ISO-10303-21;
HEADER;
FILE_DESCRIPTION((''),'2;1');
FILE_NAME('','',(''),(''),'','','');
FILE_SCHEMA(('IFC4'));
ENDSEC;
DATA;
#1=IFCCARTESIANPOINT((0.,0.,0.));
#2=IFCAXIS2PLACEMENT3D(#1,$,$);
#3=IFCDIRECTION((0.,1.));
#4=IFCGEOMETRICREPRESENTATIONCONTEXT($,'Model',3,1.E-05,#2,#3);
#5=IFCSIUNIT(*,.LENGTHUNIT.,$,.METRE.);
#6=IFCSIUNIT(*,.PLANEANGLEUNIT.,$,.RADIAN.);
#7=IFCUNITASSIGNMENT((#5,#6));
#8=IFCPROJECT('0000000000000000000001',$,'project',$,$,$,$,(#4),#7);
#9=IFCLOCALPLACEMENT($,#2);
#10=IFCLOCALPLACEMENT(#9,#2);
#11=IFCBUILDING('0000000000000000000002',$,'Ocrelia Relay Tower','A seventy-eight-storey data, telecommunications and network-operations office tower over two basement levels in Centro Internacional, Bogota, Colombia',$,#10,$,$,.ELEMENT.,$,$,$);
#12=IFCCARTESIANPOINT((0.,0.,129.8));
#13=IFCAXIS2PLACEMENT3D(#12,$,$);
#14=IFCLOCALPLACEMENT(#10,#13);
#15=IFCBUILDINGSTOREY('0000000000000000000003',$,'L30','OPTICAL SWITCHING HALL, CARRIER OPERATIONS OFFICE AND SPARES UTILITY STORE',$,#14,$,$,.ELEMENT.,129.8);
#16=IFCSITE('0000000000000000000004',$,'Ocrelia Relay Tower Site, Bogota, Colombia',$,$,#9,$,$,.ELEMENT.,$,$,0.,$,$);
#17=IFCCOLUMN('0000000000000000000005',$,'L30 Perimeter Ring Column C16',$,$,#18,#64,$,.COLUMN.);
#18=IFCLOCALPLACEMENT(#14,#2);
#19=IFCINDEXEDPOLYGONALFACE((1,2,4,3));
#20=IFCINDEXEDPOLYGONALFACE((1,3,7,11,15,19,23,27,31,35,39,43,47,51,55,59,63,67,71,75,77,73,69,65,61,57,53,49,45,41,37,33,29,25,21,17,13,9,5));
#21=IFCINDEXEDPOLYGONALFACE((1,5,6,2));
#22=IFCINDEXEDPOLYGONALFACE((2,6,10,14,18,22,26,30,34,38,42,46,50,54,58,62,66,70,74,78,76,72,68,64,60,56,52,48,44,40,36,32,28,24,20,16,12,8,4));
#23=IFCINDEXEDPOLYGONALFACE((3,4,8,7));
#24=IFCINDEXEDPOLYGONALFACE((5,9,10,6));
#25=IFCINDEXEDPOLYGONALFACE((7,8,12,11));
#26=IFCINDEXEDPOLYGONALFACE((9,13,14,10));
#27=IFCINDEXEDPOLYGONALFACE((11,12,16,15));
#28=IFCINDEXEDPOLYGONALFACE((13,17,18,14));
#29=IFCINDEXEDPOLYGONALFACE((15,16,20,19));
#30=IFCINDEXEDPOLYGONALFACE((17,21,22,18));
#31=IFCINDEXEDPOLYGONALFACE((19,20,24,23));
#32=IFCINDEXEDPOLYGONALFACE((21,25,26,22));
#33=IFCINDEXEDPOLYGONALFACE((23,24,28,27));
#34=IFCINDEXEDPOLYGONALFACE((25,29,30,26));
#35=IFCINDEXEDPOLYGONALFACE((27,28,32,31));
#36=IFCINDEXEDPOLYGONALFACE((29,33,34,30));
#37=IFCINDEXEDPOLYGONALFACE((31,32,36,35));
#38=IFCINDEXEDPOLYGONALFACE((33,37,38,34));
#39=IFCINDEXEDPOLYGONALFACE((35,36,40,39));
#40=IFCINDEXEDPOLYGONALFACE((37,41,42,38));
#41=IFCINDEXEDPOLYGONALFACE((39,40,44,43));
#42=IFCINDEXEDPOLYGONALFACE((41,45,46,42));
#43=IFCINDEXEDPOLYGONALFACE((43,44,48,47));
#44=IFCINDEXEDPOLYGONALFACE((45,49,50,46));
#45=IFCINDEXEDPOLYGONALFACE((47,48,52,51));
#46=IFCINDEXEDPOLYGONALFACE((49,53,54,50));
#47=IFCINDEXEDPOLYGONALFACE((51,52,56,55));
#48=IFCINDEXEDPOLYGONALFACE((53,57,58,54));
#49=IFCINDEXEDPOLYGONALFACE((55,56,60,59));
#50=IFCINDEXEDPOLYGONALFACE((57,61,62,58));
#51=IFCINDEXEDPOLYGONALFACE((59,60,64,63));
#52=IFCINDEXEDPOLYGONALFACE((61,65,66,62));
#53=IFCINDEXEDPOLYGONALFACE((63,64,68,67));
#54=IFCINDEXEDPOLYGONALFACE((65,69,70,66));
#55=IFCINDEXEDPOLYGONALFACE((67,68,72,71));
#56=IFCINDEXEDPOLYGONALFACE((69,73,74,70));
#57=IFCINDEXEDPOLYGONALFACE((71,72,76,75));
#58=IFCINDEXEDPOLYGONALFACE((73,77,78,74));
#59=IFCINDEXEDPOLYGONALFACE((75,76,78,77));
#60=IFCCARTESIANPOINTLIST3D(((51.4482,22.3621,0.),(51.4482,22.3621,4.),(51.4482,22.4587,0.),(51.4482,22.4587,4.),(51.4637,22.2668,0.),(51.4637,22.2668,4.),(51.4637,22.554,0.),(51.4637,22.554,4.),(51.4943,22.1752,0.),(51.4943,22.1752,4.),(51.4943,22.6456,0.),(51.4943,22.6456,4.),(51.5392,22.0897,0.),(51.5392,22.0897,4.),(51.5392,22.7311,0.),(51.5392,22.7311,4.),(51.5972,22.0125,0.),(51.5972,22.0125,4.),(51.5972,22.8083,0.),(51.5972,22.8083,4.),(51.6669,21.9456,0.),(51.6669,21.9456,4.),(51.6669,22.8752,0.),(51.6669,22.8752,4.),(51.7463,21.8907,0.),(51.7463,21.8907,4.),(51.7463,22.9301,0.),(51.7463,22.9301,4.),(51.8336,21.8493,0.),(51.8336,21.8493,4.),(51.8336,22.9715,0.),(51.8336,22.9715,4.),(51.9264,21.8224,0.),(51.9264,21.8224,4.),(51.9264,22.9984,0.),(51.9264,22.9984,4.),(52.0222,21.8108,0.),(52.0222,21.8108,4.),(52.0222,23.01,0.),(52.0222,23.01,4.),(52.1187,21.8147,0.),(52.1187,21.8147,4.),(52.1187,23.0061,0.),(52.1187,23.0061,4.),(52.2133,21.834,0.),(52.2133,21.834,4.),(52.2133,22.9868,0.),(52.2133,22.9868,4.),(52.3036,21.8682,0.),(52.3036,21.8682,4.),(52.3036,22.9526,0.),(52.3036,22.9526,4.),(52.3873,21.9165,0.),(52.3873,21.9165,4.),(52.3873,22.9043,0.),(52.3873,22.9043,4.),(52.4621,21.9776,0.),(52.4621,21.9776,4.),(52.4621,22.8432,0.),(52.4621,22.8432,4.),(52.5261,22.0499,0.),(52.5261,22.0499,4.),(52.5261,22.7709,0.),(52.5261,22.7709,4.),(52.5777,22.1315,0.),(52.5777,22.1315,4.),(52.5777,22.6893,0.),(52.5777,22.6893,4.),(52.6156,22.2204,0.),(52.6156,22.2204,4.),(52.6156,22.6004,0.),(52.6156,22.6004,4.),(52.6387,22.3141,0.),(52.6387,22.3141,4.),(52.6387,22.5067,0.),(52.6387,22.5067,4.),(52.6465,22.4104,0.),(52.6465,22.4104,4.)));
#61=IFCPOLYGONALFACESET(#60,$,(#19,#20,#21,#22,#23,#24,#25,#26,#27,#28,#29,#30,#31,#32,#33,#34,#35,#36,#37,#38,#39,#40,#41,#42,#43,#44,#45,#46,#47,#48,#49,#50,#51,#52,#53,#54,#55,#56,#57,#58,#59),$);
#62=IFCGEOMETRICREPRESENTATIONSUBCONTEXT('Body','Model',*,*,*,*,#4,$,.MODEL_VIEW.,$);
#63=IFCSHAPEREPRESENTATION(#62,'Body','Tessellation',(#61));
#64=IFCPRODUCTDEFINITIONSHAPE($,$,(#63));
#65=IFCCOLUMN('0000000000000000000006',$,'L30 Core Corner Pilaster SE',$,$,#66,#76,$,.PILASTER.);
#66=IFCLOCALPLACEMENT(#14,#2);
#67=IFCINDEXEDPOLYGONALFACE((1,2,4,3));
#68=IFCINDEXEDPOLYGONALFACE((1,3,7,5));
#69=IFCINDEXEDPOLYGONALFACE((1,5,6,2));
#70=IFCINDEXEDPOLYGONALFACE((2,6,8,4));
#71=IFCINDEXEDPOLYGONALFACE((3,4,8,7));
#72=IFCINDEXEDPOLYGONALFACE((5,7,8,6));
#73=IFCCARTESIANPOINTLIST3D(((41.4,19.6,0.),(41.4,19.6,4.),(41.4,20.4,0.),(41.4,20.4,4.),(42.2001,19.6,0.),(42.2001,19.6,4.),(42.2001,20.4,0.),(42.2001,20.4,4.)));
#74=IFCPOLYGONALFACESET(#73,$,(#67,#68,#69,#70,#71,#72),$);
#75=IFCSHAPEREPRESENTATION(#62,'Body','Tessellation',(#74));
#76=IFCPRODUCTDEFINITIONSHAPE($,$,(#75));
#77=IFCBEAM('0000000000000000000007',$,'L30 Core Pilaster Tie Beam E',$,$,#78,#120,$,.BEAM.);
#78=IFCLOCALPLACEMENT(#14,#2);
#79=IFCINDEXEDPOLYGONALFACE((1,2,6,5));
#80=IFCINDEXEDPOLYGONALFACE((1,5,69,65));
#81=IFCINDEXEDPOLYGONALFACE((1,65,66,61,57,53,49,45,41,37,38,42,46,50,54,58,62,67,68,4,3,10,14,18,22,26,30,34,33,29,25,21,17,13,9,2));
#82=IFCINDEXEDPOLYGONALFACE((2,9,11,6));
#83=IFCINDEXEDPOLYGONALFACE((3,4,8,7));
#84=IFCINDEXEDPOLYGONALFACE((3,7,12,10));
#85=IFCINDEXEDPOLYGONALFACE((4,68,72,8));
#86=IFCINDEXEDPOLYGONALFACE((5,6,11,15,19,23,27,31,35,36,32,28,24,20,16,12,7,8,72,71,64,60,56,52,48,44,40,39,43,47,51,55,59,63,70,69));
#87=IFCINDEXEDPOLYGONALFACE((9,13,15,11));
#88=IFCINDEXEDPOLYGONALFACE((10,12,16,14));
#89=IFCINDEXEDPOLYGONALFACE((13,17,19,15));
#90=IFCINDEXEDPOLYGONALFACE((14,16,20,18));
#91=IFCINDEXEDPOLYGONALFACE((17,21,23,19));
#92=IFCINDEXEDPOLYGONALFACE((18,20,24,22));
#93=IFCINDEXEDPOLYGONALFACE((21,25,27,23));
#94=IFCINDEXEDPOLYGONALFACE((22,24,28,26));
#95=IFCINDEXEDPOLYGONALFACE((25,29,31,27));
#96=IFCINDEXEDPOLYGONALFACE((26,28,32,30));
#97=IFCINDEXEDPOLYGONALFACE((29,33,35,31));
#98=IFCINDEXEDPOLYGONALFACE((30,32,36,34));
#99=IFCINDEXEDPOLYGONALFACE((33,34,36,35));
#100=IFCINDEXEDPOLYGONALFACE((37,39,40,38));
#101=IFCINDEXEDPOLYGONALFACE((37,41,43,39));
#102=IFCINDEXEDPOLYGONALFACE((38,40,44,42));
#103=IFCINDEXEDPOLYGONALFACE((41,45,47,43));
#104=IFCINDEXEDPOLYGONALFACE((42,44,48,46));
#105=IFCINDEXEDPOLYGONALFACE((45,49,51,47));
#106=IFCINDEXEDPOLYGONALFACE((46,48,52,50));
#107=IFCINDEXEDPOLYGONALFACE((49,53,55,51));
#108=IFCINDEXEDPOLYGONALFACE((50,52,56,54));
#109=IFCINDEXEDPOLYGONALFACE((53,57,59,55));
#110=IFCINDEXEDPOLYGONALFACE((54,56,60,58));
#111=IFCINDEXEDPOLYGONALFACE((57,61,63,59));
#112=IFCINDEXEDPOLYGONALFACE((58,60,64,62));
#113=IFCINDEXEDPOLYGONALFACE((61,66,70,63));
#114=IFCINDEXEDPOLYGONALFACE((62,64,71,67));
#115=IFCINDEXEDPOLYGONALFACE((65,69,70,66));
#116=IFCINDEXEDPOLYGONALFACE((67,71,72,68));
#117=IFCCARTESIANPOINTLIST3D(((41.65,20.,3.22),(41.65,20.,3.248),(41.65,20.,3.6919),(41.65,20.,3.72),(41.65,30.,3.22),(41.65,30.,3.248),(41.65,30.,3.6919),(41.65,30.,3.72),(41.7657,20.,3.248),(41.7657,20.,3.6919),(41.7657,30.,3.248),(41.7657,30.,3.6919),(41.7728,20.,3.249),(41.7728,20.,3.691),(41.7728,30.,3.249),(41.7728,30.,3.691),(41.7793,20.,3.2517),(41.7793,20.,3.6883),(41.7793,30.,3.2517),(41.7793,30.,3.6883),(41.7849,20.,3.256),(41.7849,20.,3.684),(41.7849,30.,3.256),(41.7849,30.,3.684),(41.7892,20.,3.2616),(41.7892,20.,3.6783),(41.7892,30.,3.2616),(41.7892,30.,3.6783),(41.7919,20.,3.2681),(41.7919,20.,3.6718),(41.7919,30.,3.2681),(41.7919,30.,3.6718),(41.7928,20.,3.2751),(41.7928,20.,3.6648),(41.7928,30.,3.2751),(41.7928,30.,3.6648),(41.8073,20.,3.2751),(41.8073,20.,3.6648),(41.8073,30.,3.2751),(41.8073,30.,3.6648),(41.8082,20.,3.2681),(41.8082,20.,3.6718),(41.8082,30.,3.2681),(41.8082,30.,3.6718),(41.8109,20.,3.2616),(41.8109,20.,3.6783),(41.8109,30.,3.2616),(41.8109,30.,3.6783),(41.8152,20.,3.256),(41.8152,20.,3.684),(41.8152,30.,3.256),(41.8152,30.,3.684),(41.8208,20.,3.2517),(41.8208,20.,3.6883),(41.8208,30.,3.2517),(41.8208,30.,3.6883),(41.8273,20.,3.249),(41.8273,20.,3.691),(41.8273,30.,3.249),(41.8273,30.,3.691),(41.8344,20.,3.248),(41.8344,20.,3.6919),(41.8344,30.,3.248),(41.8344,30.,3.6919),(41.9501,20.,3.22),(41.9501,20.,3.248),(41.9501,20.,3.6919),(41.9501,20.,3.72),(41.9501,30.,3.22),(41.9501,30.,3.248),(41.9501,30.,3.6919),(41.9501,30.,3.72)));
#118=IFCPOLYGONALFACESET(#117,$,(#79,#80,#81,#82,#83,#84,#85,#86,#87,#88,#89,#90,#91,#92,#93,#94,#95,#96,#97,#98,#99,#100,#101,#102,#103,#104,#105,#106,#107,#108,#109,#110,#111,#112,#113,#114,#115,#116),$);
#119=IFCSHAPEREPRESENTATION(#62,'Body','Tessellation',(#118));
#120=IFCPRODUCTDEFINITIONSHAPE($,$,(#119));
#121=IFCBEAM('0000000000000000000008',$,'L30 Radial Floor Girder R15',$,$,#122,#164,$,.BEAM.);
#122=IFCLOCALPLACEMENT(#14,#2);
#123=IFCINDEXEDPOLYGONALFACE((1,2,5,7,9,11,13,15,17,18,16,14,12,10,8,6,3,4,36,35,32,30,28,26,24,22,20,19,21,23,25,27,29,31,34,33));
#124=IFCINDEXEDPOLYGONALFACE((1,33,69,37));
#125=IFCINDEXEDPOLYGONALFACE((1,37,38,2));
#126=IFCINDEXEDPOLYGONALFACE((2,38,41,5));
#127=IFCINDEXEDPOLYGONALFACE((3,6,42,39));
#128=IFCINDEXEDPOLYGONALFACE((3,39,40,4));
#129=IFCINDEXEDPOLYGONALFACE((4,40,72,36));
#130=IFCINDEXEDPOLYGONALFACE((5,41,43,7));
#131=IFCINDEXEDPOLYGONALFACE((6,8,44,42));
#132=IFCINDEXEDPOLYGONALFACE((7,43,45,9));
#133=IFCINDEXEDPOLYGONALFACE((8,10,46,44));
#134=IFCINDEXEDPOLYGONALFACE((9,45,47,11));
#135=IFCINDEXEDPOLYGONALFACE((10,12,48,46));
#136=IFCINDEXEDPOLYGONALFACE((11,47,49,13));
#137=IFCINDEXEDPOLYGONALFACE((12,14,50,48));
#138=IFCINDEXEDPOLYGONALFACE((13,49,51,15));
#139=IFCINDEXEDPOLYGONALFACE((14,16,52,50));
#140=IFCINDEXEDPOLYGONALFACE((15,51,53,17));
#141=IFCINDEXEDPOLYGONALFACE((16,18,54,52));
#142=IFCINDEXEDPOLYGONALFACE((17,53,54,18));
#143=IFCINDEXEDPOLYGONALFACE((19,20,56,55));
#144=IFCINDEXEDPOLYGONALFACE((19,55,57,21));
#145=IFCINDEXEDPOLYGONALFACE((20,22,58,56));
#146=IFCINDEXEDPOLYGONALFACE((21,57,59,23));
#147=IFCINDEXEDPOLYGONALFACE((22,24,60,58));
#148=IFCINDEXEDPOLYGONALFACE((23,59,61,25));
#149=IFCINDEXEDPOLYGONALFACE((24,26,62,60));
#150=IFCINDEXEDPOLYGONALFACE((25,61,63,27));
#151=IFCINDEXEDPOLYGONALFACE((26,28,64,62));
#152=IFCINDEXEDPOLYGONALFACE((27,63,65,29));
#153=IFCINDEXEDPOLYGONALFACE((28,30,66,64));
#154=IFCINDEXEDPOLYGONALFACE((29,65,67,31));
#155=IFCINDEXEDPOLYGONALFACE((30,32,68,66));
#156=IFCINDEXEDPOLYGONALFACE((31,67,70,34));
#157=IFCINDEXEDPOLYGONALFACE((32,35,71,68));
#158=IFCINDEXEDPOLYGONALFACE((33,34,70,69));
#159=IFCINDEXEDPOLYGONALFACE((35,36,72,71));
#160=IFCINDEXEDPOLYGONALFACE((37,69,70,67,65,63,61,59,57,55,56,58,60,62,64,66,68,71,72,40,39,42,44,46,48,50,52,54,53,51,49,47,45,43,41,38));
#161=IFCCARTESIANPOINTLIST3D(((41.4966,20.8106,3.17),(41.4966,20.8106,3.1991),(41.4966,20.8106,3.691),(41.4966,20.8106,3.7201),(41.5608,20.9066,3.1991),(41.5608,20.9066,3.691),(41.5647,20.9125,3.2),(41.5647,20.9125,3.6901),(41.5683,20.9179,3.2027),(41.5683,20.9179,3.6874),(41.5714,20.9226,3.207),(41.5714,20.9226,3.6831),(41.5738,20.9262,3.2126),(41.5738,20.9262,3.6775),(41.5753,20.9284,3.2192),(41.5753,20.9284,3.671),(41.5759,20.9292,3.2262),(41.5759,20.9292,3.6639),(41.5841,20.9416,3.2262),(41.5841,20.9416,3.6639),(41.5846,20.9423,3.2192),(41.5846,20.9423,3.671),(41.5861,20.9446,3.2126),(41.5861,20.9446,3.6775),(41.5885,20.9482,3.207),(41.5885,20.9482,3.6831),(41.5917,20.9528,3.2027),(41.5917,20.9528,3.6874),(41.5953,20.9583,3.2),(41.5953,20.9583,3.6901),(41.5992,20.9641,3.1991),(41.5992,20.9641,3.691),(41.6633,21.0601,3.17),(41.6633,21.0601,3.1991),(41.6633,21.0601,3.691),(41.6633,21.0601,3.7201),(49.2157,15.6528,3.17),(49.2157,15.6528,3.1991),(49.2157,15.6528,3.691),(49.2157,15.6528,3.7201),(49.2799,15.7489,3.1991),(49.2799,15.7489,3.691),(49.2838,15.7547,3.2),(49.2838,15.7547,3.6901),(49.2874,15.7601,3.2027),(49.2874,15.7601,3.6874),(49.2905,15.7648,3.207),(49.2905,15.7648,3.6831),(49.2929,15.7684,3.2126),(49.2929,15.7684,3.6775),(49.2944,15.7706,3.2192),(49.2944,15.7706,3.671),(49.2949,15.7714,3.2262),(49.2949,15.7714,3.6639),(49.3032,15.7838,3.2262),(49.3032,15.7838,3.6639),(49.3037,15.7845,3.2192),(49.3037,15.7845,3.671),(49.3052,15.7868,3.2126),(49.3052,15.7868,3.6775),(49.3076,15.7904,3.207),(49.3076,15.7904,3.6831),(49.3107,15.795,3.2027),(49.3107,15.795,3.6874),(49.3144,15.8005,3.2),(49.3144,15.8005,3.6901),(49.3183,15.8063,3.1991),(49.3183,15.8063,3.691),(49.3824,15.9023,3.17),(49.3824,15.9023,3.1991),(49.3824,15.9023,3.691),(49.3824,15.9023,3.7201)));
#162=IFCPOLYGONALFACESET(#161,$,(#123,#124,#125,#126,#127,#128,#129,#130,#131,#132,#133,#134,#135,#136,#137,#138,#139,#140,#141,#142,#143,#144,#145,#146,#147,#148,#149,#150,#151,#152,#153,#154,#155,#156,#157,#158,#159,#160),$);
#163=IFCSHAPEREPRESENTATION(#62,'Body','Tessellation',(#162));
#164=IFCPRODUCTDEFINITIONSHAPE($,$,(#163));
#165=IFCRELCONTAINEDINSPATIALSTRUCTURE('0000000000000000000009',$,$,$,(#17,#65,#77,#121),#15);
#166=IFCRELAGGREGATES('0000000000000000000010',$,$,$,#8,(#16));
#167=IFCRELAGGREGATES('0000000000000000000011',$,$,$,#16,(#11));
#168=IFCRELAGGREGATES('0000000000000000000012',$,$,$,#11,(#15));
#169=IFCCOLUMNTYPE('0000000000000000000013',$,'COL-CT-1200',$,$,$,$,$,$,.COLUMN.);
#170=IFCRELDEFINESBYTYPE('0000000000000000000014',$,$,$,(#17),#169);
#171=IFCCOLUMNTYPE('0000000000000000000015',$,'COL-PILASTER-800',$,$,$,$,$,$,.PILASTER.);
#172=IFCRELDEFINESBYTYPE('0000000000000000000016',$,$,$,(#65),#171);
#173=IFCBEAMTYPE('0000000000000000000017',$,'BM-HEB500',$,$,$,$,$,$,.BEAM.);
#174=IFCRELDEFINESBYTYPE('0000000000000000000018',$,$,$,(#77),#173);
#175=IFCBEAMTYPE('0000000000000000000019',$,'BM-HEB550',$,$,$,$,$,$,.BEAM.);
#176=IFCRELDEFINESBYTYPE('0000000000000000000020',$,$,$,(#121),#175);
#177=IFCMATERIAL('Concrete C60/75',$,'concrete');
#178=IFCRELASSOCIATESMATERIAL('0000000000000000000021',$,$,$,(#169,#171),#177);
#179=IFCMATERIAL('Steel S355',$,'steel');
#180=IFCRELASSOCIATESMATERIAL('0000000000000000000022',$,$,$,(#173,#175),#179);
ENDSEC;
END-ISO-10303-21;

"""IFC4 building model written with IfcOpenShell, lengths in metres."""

from ifc_helpers import new_model, si_unit, direction, frame, origin, origin_2d, place, context, subcontext, project, spatial, rectangle, circle, i_section, extrude, material, material_profile, profile_set, type_object, element, save


model = new_model("IFC4")

# Units and contexts
model_context = context("Model", 3, precision=1e-05, world=origin(), true_north=direction((0.0, 1.0)))
body_context = subcontext(model_context, "Body", "Model", "MODEL_VIEW")
ifc_project = project(units=[si_unit("LENGTHUNIT", "METRE"), si_unit("PLANEANGLEUNIT", "RADIAN")], contexts=[model_context])

# Site, building, storey
site_placement = place(None, origin())
site = spatial("IfcSite", under=ifc_project, at=site_placement, Name="Ocrelia Relay Tower Site, Bogota, Colombia", CompositionType="ELEMENT", RefElevation=0.0)
building_placement = place(site_placement, origin())
building = spatial("IfcBuilding", under=site, at=building_placement, Name="Ocrelia Relay Tower", Description="A seventy-eight-storey data, telecommunications and network-operations office tower over two basement levels in Centro Internacional, Bogota, Colombia", CompositionType="ELEMENT")
storey_placement = place(building_placement, frame((0.0, 0.0, 129.8)))
storey = spatial("IfcBuildingStorey", under=building, at=storey_placement, Name="L30", Description="OPTICAL SWITCHING HALL, CARRIER OPERATIONS OFFICE AND SPARES UTILITY STORE", CompositionType="ELEMENT", Elevation=129.8)

# Columns
ifc_material_1 = material(Name="Concrete C60/75", Category="concrete")
ifc_material_profile_1 = material_profile(ifc_material_1, circle(Radius=0.6001, at=origin_2d()), Name="RC-CIR-1200")
ifc_profile_set_1 = profile_set([ifc_material_profile_1], Name="Concrete C60/75")
column_type_1 = type_object("IfcColumnType", Name="COL-CT-1200", PredefinedType="COLUMN", material=ifc_profile_set_1)
column_1_placement = place(storey_placement, frame((52.0464, 22.4104, 0.0), z_axis=(0.0, 0.0, 1.0), x_axis=(1.0, 0.0, 0.0)))
element("IfcColumn", 1, at=column_1_placement, inside=storey, type_object=column_type_1, Name="L30 Perimeter Ring Column C16", PredefinedType="COLUMN", context=body_context, shape_type="SweptSolid", body=[
    extrude(circle(Radius=0.6001, at=origin_2d()), origin(), (0.0, 0.0, 1.0), 4.0),
])
ifc_material_profile_2 = material_profile(ifc_material_1, rectangle(XDim=0.8, YDim=0.8, at=origin_2d()), Name="RC-COL-800x800")
ifc_profile_set_2 = profile_set([ifc_material_profile_2], Name="Concrete C60/75")
column_type_2 = type_object("IfcColumnType", Name="COL-PILASTER-800", PredefinedType="PILASTER", material=ifc_profile_set_2)
column_2_placement = place(storey_placement, frame((41.8, 20.0, 0.0), z_axis=(0.0, 0.0, 1.0), x_axis=(1.0, 0.0, 0.0)))
element("IfcColumn", 2, at=column_2_placement, inside=storey, type_object=column_type_2, Name="L30 Core Corner Pilaster SE", PredefinedType="PILASTER", context=body_context, shape_type="SweptSolid", body=[
    extrude(rectangle(XDim=0.8, YDim=0.8, at=origin_2d()), origin(), (0.0, 0.0, 1.0), 4.0),
])

# Beams
ifc_material_2 = material(Name="Steel S355", Category="steel")
ifc_material_profile_3 = material_profile(ifc_material_2, i_section(OverallWidth=0.3, OverallDepth=0.5, WebThickness=0.0144, FlangeThickness=0.0281, FilletRadius=0.0271, at=origin_2d()), Name="HEB 500")
ifc_profile_set_3 = profile_set([ifc_material_profile_3], Name="Steel S355")
beam_type_1 = type_object("IfcBeamType", Name="BM-HEB500", PredefinedType="BEAM", material=ifc_profile_set_3)
beam_1_placement = place(storey_placement, frame((41.8, 20.0, 3.47), z_axis=(0.0, 1.0, 0.0), x_axis=(-1.0, 0.0, 0.0)))
element("IfcBeam", 3, at=beam_1_placement, inside=storey, type_object=beam_type_1, Name="L30 Core Pilaster Tie Beam E", PredefinedType="BEAM", context=body_context, shape_type="SweptSolid", body=[
    extrude(i_section(OverallWidth=0.3, OverallDepth=0.5, WebThickness=0.0144, FlangeThickness=0.0281, FilletRadius=0.0271, at=origin_2d()), origin(), (0.0, 0.0, 1.0), 10.0),
])
ifc_material_profile_4 = material_profile(ifc_material_2, i_section(OverallWidth=0.3, OverallDepth=0.55, WebThickness=0.0149, FlangeThickness=0.0291, FilletRadius=0.0271, at=origin_2d()), Name="HEB 550")
ifc_profile_set_4 = profile_set([ifc_material_profile_4], Name="Steel S355")
beam_type_2 = type_object("IfcBeamType", Name="BM-HEB550", PredefinedType="BEAM", material=ifc_profile_set_4)
beam_2_placement = place(storey_placement, frame((49.2991, 15.7776, 3.4451), z_axis=(-0.831467, 0.555574, 0.0), x_axis=(-0.555574, -0.831467, 0.0)))
element("IfcBeam", 4, at=beam_2_placement, inside=storey, type_object=beam_type_2, Name="L30 Radial Floor Girder R15", PredefinedType="BEAM", context=body_context, shape_type="SweptSolid", body=[
    extrude(i_section(OverallWidth=0.3, OverallDepth=0.55, WebThickness=0.0149, FlangeThickness=0.0291, FilletRadius=0.0271, at=origin_2d()), origin(), (0.0, 0.0, 1.0), 9.2837),
])

save(model, "model.ifc")
